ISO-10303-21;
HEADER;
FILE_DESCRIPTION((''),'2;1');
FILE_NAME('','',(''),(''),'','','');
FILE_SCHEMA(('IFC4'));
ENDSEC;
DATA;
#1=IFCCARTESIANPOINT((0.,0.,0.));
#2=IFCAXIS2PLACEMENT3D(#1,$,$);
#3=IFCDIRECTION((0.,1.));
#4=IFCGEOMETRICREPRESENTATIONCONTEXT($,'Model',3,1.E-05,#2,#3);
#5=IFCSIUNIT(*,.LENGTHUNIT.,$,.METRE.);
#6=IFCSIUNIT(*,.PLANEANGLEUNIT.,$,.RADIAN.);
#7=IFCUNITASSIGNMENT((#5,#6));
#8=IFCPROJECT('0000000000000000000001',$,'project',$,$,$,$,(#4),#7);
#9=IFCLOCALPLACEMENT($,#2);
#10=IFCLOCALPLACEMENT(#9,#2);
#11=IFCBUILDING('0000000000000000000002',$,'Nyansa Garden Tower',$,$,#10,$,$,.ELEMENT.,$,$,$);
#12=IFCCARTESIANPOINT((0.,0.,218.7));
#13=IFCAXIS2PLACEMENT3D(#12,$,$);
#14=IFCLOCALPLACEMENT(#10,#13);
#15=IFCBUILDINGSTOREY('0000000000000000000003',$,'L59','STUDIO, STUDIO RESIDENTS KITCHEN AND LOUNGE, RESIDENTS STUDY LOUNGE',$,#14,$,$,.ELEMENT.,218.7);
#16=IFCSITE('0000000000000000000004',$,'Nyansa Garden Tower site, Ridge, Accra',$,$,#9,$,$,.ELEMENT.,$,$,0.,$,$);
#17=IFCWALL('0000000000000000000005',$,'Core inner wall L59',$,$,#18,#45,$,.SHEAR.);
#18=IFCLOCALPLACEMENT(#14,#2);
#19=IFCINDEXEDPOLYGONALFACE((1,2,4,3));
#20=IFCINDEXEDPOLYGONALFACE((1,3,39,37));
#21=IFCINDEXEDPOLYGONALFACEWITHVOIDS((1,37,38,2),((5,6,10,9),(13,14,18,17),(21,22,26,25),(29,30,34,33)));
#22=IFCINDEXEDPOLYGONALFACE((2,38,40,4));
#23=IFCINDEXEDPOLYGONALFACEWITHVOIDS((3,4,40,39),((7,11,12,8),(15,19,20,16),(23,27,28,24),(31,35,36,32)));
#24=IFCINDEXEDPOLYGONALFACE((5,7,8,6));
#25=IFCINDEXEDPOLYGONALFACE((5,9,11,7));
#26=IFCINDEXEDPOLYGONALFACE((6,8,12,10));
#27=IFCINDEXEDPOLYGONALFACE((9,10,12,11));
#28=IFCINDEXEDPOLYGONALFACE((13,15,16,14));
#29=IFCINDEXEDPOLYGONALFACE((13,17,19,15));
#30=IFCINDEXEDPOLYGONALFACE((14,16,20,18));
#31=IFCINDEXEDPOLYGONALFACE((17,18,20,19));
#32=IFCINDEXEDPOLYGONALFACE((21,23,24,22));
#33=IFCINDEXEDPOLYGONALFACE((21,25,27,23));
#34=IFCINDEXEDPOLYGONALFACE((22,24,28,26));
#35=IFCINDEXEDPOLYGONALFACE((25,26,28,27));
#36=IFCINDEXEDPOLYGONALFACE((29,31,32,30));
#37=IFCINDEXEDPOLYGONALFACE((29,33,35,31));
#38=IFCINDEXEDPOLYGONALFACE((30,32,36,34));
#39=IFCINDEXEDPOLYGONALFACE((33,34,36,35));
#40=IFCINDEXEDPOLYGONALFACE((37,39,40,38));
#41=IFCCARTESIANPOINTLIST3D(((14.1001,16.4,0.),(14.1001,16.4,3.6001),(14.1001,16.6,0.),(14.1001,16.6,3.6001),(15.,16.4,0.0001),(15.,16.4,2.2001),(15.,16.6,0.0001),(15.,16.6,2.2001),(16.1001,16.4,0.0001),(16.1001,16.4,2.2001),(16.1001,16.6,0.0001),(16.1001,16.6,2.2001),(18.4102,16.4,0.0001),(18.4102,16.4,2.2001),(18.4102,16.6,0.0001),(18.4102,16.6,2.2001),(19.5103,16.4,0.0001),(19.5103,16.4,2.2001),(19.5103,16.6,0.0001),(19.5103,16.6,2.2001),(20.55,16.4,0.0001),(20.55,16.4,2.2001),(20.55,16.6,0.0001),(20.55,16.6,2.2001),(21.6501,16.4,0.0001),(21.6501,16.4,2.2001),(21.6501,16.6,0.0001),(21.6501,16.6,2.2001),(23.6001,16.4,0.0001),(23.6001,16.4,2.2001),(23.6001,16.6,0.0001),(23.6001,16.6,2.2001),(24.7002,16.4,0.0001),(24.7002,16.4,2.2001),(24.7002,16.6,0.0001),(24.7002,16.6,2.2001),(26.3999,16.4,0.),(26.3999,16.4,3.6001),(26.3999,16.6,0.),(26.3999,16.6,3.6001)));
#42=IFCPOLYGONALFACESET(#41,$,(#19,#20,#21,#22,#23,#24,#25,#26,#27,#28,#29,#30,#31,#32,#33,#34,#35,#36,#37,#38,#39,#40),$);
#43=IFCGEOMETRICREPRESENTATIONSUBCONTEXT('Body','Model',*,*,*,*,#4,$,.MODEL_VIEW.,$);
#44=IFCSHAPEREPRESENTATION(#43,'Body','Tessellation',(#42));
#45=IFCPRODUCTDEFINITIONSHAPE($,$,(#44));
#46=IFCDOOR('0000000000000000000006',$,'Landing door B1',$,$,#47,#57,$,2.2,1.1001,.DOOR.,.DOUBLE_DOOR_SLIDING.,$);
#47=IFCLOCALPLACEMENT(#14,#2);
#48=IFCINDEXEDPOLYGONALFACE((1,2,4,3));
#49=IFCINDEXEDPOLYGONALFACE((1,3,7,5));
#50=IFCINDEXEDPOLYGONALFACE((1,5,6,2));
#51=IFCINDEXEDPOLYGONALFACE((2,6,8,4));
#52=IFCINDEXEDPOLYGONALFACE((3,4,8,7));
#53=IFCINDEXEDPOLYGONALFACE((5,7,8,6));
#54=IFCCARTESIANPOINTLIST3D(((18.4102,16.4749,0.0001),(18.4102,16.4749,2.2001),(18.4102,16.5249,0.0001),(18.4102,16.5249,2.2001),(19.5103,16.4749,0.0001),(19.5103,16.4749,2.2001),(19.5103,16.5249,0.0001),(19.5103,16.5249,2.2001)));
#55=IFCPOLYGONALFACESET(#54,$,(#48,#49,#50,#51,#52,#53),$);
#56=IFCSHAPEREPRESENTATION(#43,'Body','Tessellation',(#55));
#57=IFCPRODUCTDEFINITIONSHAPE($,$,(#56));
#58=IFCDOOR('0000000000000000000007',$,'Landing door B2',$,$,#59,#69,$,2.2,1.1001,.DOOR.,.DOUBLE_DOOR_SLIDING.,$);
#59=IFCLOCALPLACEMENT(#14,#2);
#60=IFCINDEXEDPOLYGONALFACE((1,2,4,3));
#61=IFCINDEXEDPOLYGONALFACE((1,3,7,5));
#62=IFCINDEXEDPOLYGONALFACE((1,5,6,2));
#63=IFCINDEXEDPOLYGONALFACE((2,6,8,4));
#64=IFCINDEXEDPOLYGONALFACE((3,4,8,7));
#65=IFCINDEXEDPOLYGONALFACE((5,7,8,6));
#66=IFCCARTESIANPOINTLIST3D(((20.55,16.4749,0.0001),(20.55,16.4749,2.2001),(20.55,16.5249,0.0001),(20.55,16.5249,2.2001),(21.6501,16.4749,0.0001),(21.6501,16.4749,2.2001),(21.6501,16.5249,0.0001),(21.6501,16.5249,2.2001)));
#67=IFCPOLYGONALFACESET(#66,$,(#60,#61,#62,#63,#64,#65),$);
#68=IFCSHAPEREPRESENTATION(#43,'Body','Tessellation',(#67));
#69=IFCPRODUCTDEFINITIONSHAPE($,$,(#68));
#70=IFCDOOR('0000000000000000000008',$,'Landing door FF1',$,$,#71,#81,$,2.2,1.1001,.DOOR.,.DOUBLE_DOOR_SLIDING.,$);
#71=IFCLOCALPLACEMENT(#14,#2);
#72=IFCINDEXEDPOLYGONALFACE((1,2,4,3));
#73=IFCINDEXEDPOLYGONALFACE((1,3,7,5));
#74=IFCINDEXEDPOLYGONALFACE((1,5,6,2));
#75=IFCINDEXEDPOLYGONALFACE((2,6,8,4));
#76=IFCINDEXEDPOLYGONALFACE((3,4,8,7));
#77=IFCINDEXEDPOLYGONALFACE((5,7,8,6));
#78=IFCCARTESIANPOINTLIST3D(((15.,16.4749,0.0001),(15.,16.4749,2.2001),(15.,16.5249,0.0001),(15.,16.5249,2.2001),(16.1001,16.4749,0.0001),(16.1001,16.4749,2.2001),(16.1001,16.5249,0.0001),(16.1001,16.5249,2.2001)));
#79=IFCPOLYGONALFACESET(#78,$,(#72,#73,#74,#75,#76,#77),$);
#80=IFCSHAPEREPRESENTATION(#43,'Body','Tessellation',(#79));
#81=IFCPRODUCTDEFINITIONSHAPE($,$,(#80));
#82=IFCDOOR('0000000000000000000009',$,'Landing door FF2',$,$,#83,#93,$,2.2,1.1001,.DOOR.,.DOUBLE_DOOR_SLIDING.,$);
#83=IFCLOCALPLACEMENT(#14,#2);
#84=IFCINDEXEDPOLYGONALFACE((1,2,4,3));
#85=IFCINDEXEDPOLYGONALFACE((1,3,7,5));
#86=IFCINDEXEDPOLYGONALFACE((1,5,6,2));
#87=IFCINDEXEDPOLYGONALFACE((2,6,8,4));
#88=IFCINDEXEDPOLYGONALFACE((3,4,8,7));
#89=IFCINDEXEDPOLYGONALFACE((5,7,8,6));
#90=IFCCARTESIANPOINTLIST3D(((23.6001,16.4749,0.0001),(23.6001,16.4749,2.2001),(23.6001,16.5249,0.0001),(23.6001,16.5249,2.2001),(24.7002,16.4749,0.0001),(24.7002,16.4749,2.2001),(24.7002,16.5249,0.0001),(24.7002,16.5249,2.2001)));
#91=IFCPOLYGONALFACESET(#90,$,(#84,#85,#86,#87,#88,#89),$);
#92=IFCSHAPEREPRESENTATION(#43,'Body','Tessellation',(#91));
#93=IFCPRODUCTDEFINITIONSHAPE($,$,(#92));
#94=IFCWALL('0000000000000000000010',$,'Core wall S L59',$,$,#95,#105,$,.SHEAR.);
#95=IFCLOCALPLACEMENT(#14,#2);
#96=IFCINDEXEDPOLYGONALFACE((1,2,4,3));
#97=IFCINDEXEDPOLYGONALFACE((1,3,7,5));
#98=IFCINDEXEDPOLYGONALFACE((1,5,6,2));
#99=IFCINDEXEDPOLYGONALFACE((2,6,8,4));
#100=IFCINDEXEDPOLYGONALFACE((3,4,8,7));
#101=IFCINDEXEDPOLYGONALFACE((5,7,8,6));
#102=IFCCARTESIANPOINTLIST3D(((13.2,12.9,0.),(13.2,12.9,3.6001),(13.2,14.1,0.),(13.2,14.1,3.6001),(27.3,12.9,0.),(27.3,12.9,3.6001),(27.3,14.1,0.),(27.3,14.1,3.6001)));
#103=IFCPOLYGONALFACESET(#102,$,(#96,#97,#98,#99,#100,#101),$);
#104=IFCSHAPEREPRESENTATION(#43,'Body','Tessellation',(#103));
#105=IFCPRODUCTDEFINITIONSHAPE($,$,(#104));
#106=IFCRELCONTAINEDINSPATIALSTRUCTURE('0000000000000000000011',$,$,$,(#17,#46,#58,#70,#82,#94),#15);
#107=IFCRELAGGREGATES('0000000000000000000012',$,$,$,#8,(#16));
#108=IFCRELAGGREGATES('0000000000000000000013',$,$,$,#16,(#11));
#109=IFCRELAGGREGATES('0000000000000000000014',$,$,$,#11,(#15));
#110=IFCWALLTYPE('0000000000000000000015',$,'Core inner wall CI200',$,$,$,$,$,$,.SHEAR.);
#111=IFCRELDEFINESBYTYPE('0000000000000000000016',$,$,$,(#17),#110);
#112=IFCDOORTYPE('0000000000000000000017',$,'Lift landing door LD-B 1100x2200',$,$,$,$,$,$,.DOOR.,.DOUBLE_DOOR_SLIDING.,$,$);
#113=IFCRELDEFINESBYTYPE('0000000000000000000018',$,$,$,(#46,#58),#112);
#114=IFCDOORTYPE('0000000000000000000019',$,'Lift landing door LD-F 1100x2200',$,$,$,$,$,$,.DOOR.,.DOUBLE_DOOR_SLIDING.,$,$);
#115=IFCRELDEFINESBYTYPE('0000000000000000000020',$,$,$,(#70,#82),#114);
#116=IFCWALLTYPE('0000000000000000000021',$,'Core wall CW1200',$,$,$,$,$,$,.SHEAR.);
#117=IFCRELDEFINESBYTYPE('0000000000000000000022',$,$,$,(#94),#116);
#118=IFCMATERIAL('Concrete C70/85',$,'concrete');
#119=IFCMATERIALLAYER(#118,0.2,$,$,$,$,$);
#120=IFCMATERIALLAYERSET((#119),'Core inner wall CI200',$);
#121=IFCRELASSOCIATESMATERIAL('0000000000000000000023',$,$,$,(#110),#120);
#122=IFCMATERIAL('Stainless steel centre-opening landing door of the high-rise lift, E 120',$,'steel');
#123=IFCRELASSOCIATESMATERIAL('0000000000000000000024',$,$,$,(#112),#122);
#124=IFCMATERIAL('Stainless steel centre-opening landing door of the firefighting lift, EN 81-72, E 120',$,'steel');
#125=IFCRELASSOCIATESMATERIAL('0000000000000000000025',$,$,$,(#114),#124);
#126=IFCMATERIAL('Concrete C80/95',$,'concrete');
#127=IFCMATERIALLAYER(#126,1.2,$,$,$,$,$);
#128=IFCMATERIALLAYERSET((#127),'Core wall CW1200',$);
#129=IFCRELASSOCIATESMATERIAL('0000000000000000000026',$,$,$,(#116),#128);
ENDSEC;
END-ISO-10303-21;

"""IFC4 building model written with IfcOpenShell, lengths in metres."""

from ifc_helpers import new_model, si_unit, direction, frame, frame_2d, origin, place, context, subcontext, project, spatial, rectangle, extrude, material, layer, layer_set, type_object, element, fill, save


model = new_model("IFC4")

# Units and contexts
model_context = context("Model", 3, precision=1e-05, world=origin(), true_north=direction((0.0, 1.0)))
body_context = subcontext(model_context, "Body", "Model", "MODEL_VIEW")
ifc_project = project(units=[si_unit("LENGTHUNIT", "METRE"), si_unit("PLANEANGLEUNIT", "RADIAN")], contexts=[model_context])

# Site, building, storey
site_placement = place(None, origin())
site = spatial("IfcSite", under=ifc_project, at=site_placement, Name="Nyansa Garden Tower site, Ridge, Accra", CompositionType="ELEMENT", RefElevation=0.0)
building_placement = place(site_placement, origin())
building = spatial("IfcBuilding", under=site, at=building_placement, Name="Nyansa Garden Tower", CompositionType="ELEMENT")
storey_placement = place(building_placement, frame((0.0, 0.0, 218.7)))
storey = spatial("IfcBuildingStorey", under=building, at=storey_placement, Name="L59", Description="STUDIO, STUDIO RESIDENTS KITCHEN AND LOUNGE, RESIDENTS STUDY LOUNGE", CompositionType="ELEMENT", Elevation=218.7)

# Wall, openings, doors
ifc_material_1 = material(Name="Concrete C70/85", Category="concrete")
ifc_layer_1 = layer(ifc_material_1, 0.2)
ifc_layer_set_1 = layer_set([ifc_layer_1], Name="Core inner wall CI200")
wall_type_1 = type_object("IfcWallType", Name="Core inner wall CI200", PredefinedType="SHEAR", material=ifc_layer_set_1)
wall_1_placement = place(storey_placement, frame((14.1001, 16.5, 0.0), z_axis=(0.0, 0.0, 1.0), x_axis=(1.0, 0.0, 0.0)))
wall_1 = element("IfcWall", 1, at=wall_1_placement, inside=storey, type_object=wall_type_1, Name="Core inner wall L59", PredefinedType="SHEAR", context=body_context, shape_type="SweptSolid", body=[
    extrude(rectangle(XDim=12.2998, YDim=0.2, at=frame_2d((6.1499, 0.0))), origin(), (0.0, 0.0, 1.0), 3.6001),
])
opening_1_placement = place(wall_1_placement, frame((0.8999, 0.0, 0.0)))
opening_1 = element("IfcOpeningElement", 2, at=opening_1_placement, cuts=wall_1, PredefinedType="OPENING", context=body_context, shape_type="SweptSolid", body=[
    extrude(rectangle(XDim=1.1001, YDim=2.2, at=frame_2d((0.55, 1.1001))), frame((0.0, 0.1099, 0.0), z_axis=(0.0, -1.0, 0.0), x_axis=(1.0, 0.0, 0.0)), (0.0, 0.0, 1.0), 0.22),
])
opening_2_placement = place(wall_1_placement, frame((4.3101, 0.0, 0.0)))
opening_2 = element("IfcOpeningElement", 3, at=opening_2_placement, cuts=wall_1, PredefinedType="OPENING", context=body_context, shape_type="SweptSolid", body=[
    extrude(rectangle(XDim=1.1001, YDim=2.2, at=frame_2d((0.55, 1.1001))), frame((0.0, 0.1099, 0.0), z_axis=(0.0, -1.0, 0.0), x_axis=(1.0, 0.0, 0.0)), (0.0, 0.0, 1.0), 0.22),
])
opening_3_placement = place(wall_1_placement, frame((6.45, 0.0, 0.0)))
opening_3 = element("IfcOpeningElement", 4, at=opening_3_placement, cuts=wall_1, PredefinedType="OPENING", context=body_context, shape_type="SweptSolid", body=[
    extrude(rectangle(XDim=1.1001, YDim=2.2, at=frame_2d((0.55, 1.1001))), frame((0.0, 0.1099, 0.0), z_axis=(0.0, -1.0, 0.0), x_axis=(1.0, 0.0, 0.0)), (0.0, 0.0, 1.0), 0.22),
])
opening_4_placement = place(wall_1_placement, frame((9.5, 0.0, 0.0)))
opening_4 = element("IfcOpeningElement", 5, at=opening_4_placement, cuts=wall_1, PredefinedType="OPENING", context=body_context, shape_type="SweptSolid", body=[
    extrude(rectangle(XDim=1.1001, YDim=2.2, at=frame_2d((0.55, 1.1001))), frame((0.0, 0.1099, 0.0), z_axis=(0.0, -1.0, 0.0), x_axis=(1.0, 0.0, 0.0)), (0.0, 0.0, 1.0), 0.22),
])
ifc_material_2 = material(Name="Stainless steel centre-opening landing door of the high-rise lift, E 120", Category="steel")
door_type_1 = type_object("IfcDoorType", Name="Lift landing door LD-B 1100x2200", OperationType="DOUBLE_DOOR_SLIDING", PredefinedType="DOOR", material=ifc_material_2)
door_1_placement = place(opening_2_placement, origin())
door_1 = element("IfcDoor", 6, at=door_1_placement, inside=storey, type_object=door_type_1, Name="Landing door B1", OperationType="DOUBLE_DOOR_SLIDING", OverallHeight=2.2, OverallWidth=1.1001, PredefinedType="DOOR", context=body_context, shape_type="SweptSolid", body=[
    extrude(rectangle(XDim=1.1001, YDim=2.2, at=frame_2d((0.55, 1.1001))), frame((0.0, 0.0249, 0.0), z_axis=(0.0, -1.0, 0.0), x_axis=(1.0, 0.0, 0.0)), (0.0, 0.0, 1.0), 0.05),
])
fill(opening_2, door_1)
door_2_placement = place(opening_3_placement, origin())
door_2 = element("IfcDoor", 7, at=door_2_placement, inside=storey, type_object=door_type_1, Name="Landing door B2", OperationType="DOUBLE_DOOR_SLIDING", OverallHeight=2.2, OverallWidth=1.1001, PredefinedType="DOOR", context=body_context, shape_type="SweptSolid", body=[
    extrude(rectangle(XDim=1.1001, YDim=2.2, at=frame_2d((0.55, 1.1001))), frame((0.0, 0.0249, 0.0), z_axis=(0.0, -1.0, 0.0), x_axis=(1.0, 0.0, 0.0)), (0.0, 0.0, 1.0), 0.05),
])
fill(opening_3, door_2)
ifc_material_3 = material(Name="Stainless steel centre-opening landing door of the firefighting lift, EN 81-72, E 120", Category="steel")
door_type_2 = type_object("IfcDoorType", Name="Lift landing door LD-F 1100x2200", OperationType="DOUBLE_DOOR_SLIDING", PredefinedType="DOOR", material=ifc_material_3)
door_3_placement = place(opening_1_placement, origin())
door_3 = element("IfcDoor", 8, at=door_3_placement, inside=storey, type_object=door_type_2, Name="Landing door FF1", OperationType="DOUBLE_DOOR_SLIDING", OverallHeight=2.2, OverallWidth=1.1001, PredefinedType="DOOR", context=body_context, shape_type="SweptSolid", body=[
    extrude(rectangle(XDim=1.1001, YDim=2.2, at=frame_2d((0.55, 1.1001))), frame((0.0, 0.0249, 0.0), z_axis=(0.0, -1.0, 0.0), x_axis=(1.0, 0.0, 0.0)), (0.0, 0.0, 1.0), 0.05),
])
fill(opening_1, door_3)
door_4_placement = place(opening_4_placement, origin())
door_4 = element("IfcDoor", 9, at=door_4_placement, inside=storey, type_object=door_type_2, Name="Landing door FF2", OperationType="DOUBLE_DOOR_SLIDING", OverallHeight=2.2, OverallWidth=1.1001, PredefinedType="DOOR", context=body_context, shape_type="SweptSolid", body=[
    extrude(rectangle(XDim=1.1001, YDim=2.2, at=frame_2d((0.55, 1.1001))), frame((0.0, 0.0249, 0.0), z_axis=(0.0, -1.0, 0.0), x_axis=(1.0, 0.0, 0.0)), (0.0, 0.0, 1.0), 0.05),
])
fill(opening_4, door_4)

# Wall
ifc_material_4 = material(Name="Concrete C80/95", Category="concrete")
ifc_layer_2 = layer(ifc_material_4, 1.2)
ifc_layer_set_2 = layer_set([ifc_layer_2], Name="Core wall CW1200")
wall_type_2 = type_object("IfcWallType", Name="Core wall CW1200", PredefinedType="SHEAR", material=ifc_layer_set_2)
wall_2_placement = place(storey_placement, frame((13.2, 13.5, 0.0), z_axis=(0.0, 0.0, 1.0), x_axis=(1.0, 0.0, 0.0)))
element("IfcWall", 10, at=wall_2_placement, inside=storey, type_object=wall_type_2, Name="Core wall S L59", PredefinedType="SHEAR", context=body_context, shape_type="SweptSolid", body=[
    extrude(rectangle(XDim=14.1001, YDim=1.2, at=frame_2d((7.05, 0.0))), origin(), (0.0, 0.0, 1.0), 3.6001),
])

save(model, "model.ifc")
